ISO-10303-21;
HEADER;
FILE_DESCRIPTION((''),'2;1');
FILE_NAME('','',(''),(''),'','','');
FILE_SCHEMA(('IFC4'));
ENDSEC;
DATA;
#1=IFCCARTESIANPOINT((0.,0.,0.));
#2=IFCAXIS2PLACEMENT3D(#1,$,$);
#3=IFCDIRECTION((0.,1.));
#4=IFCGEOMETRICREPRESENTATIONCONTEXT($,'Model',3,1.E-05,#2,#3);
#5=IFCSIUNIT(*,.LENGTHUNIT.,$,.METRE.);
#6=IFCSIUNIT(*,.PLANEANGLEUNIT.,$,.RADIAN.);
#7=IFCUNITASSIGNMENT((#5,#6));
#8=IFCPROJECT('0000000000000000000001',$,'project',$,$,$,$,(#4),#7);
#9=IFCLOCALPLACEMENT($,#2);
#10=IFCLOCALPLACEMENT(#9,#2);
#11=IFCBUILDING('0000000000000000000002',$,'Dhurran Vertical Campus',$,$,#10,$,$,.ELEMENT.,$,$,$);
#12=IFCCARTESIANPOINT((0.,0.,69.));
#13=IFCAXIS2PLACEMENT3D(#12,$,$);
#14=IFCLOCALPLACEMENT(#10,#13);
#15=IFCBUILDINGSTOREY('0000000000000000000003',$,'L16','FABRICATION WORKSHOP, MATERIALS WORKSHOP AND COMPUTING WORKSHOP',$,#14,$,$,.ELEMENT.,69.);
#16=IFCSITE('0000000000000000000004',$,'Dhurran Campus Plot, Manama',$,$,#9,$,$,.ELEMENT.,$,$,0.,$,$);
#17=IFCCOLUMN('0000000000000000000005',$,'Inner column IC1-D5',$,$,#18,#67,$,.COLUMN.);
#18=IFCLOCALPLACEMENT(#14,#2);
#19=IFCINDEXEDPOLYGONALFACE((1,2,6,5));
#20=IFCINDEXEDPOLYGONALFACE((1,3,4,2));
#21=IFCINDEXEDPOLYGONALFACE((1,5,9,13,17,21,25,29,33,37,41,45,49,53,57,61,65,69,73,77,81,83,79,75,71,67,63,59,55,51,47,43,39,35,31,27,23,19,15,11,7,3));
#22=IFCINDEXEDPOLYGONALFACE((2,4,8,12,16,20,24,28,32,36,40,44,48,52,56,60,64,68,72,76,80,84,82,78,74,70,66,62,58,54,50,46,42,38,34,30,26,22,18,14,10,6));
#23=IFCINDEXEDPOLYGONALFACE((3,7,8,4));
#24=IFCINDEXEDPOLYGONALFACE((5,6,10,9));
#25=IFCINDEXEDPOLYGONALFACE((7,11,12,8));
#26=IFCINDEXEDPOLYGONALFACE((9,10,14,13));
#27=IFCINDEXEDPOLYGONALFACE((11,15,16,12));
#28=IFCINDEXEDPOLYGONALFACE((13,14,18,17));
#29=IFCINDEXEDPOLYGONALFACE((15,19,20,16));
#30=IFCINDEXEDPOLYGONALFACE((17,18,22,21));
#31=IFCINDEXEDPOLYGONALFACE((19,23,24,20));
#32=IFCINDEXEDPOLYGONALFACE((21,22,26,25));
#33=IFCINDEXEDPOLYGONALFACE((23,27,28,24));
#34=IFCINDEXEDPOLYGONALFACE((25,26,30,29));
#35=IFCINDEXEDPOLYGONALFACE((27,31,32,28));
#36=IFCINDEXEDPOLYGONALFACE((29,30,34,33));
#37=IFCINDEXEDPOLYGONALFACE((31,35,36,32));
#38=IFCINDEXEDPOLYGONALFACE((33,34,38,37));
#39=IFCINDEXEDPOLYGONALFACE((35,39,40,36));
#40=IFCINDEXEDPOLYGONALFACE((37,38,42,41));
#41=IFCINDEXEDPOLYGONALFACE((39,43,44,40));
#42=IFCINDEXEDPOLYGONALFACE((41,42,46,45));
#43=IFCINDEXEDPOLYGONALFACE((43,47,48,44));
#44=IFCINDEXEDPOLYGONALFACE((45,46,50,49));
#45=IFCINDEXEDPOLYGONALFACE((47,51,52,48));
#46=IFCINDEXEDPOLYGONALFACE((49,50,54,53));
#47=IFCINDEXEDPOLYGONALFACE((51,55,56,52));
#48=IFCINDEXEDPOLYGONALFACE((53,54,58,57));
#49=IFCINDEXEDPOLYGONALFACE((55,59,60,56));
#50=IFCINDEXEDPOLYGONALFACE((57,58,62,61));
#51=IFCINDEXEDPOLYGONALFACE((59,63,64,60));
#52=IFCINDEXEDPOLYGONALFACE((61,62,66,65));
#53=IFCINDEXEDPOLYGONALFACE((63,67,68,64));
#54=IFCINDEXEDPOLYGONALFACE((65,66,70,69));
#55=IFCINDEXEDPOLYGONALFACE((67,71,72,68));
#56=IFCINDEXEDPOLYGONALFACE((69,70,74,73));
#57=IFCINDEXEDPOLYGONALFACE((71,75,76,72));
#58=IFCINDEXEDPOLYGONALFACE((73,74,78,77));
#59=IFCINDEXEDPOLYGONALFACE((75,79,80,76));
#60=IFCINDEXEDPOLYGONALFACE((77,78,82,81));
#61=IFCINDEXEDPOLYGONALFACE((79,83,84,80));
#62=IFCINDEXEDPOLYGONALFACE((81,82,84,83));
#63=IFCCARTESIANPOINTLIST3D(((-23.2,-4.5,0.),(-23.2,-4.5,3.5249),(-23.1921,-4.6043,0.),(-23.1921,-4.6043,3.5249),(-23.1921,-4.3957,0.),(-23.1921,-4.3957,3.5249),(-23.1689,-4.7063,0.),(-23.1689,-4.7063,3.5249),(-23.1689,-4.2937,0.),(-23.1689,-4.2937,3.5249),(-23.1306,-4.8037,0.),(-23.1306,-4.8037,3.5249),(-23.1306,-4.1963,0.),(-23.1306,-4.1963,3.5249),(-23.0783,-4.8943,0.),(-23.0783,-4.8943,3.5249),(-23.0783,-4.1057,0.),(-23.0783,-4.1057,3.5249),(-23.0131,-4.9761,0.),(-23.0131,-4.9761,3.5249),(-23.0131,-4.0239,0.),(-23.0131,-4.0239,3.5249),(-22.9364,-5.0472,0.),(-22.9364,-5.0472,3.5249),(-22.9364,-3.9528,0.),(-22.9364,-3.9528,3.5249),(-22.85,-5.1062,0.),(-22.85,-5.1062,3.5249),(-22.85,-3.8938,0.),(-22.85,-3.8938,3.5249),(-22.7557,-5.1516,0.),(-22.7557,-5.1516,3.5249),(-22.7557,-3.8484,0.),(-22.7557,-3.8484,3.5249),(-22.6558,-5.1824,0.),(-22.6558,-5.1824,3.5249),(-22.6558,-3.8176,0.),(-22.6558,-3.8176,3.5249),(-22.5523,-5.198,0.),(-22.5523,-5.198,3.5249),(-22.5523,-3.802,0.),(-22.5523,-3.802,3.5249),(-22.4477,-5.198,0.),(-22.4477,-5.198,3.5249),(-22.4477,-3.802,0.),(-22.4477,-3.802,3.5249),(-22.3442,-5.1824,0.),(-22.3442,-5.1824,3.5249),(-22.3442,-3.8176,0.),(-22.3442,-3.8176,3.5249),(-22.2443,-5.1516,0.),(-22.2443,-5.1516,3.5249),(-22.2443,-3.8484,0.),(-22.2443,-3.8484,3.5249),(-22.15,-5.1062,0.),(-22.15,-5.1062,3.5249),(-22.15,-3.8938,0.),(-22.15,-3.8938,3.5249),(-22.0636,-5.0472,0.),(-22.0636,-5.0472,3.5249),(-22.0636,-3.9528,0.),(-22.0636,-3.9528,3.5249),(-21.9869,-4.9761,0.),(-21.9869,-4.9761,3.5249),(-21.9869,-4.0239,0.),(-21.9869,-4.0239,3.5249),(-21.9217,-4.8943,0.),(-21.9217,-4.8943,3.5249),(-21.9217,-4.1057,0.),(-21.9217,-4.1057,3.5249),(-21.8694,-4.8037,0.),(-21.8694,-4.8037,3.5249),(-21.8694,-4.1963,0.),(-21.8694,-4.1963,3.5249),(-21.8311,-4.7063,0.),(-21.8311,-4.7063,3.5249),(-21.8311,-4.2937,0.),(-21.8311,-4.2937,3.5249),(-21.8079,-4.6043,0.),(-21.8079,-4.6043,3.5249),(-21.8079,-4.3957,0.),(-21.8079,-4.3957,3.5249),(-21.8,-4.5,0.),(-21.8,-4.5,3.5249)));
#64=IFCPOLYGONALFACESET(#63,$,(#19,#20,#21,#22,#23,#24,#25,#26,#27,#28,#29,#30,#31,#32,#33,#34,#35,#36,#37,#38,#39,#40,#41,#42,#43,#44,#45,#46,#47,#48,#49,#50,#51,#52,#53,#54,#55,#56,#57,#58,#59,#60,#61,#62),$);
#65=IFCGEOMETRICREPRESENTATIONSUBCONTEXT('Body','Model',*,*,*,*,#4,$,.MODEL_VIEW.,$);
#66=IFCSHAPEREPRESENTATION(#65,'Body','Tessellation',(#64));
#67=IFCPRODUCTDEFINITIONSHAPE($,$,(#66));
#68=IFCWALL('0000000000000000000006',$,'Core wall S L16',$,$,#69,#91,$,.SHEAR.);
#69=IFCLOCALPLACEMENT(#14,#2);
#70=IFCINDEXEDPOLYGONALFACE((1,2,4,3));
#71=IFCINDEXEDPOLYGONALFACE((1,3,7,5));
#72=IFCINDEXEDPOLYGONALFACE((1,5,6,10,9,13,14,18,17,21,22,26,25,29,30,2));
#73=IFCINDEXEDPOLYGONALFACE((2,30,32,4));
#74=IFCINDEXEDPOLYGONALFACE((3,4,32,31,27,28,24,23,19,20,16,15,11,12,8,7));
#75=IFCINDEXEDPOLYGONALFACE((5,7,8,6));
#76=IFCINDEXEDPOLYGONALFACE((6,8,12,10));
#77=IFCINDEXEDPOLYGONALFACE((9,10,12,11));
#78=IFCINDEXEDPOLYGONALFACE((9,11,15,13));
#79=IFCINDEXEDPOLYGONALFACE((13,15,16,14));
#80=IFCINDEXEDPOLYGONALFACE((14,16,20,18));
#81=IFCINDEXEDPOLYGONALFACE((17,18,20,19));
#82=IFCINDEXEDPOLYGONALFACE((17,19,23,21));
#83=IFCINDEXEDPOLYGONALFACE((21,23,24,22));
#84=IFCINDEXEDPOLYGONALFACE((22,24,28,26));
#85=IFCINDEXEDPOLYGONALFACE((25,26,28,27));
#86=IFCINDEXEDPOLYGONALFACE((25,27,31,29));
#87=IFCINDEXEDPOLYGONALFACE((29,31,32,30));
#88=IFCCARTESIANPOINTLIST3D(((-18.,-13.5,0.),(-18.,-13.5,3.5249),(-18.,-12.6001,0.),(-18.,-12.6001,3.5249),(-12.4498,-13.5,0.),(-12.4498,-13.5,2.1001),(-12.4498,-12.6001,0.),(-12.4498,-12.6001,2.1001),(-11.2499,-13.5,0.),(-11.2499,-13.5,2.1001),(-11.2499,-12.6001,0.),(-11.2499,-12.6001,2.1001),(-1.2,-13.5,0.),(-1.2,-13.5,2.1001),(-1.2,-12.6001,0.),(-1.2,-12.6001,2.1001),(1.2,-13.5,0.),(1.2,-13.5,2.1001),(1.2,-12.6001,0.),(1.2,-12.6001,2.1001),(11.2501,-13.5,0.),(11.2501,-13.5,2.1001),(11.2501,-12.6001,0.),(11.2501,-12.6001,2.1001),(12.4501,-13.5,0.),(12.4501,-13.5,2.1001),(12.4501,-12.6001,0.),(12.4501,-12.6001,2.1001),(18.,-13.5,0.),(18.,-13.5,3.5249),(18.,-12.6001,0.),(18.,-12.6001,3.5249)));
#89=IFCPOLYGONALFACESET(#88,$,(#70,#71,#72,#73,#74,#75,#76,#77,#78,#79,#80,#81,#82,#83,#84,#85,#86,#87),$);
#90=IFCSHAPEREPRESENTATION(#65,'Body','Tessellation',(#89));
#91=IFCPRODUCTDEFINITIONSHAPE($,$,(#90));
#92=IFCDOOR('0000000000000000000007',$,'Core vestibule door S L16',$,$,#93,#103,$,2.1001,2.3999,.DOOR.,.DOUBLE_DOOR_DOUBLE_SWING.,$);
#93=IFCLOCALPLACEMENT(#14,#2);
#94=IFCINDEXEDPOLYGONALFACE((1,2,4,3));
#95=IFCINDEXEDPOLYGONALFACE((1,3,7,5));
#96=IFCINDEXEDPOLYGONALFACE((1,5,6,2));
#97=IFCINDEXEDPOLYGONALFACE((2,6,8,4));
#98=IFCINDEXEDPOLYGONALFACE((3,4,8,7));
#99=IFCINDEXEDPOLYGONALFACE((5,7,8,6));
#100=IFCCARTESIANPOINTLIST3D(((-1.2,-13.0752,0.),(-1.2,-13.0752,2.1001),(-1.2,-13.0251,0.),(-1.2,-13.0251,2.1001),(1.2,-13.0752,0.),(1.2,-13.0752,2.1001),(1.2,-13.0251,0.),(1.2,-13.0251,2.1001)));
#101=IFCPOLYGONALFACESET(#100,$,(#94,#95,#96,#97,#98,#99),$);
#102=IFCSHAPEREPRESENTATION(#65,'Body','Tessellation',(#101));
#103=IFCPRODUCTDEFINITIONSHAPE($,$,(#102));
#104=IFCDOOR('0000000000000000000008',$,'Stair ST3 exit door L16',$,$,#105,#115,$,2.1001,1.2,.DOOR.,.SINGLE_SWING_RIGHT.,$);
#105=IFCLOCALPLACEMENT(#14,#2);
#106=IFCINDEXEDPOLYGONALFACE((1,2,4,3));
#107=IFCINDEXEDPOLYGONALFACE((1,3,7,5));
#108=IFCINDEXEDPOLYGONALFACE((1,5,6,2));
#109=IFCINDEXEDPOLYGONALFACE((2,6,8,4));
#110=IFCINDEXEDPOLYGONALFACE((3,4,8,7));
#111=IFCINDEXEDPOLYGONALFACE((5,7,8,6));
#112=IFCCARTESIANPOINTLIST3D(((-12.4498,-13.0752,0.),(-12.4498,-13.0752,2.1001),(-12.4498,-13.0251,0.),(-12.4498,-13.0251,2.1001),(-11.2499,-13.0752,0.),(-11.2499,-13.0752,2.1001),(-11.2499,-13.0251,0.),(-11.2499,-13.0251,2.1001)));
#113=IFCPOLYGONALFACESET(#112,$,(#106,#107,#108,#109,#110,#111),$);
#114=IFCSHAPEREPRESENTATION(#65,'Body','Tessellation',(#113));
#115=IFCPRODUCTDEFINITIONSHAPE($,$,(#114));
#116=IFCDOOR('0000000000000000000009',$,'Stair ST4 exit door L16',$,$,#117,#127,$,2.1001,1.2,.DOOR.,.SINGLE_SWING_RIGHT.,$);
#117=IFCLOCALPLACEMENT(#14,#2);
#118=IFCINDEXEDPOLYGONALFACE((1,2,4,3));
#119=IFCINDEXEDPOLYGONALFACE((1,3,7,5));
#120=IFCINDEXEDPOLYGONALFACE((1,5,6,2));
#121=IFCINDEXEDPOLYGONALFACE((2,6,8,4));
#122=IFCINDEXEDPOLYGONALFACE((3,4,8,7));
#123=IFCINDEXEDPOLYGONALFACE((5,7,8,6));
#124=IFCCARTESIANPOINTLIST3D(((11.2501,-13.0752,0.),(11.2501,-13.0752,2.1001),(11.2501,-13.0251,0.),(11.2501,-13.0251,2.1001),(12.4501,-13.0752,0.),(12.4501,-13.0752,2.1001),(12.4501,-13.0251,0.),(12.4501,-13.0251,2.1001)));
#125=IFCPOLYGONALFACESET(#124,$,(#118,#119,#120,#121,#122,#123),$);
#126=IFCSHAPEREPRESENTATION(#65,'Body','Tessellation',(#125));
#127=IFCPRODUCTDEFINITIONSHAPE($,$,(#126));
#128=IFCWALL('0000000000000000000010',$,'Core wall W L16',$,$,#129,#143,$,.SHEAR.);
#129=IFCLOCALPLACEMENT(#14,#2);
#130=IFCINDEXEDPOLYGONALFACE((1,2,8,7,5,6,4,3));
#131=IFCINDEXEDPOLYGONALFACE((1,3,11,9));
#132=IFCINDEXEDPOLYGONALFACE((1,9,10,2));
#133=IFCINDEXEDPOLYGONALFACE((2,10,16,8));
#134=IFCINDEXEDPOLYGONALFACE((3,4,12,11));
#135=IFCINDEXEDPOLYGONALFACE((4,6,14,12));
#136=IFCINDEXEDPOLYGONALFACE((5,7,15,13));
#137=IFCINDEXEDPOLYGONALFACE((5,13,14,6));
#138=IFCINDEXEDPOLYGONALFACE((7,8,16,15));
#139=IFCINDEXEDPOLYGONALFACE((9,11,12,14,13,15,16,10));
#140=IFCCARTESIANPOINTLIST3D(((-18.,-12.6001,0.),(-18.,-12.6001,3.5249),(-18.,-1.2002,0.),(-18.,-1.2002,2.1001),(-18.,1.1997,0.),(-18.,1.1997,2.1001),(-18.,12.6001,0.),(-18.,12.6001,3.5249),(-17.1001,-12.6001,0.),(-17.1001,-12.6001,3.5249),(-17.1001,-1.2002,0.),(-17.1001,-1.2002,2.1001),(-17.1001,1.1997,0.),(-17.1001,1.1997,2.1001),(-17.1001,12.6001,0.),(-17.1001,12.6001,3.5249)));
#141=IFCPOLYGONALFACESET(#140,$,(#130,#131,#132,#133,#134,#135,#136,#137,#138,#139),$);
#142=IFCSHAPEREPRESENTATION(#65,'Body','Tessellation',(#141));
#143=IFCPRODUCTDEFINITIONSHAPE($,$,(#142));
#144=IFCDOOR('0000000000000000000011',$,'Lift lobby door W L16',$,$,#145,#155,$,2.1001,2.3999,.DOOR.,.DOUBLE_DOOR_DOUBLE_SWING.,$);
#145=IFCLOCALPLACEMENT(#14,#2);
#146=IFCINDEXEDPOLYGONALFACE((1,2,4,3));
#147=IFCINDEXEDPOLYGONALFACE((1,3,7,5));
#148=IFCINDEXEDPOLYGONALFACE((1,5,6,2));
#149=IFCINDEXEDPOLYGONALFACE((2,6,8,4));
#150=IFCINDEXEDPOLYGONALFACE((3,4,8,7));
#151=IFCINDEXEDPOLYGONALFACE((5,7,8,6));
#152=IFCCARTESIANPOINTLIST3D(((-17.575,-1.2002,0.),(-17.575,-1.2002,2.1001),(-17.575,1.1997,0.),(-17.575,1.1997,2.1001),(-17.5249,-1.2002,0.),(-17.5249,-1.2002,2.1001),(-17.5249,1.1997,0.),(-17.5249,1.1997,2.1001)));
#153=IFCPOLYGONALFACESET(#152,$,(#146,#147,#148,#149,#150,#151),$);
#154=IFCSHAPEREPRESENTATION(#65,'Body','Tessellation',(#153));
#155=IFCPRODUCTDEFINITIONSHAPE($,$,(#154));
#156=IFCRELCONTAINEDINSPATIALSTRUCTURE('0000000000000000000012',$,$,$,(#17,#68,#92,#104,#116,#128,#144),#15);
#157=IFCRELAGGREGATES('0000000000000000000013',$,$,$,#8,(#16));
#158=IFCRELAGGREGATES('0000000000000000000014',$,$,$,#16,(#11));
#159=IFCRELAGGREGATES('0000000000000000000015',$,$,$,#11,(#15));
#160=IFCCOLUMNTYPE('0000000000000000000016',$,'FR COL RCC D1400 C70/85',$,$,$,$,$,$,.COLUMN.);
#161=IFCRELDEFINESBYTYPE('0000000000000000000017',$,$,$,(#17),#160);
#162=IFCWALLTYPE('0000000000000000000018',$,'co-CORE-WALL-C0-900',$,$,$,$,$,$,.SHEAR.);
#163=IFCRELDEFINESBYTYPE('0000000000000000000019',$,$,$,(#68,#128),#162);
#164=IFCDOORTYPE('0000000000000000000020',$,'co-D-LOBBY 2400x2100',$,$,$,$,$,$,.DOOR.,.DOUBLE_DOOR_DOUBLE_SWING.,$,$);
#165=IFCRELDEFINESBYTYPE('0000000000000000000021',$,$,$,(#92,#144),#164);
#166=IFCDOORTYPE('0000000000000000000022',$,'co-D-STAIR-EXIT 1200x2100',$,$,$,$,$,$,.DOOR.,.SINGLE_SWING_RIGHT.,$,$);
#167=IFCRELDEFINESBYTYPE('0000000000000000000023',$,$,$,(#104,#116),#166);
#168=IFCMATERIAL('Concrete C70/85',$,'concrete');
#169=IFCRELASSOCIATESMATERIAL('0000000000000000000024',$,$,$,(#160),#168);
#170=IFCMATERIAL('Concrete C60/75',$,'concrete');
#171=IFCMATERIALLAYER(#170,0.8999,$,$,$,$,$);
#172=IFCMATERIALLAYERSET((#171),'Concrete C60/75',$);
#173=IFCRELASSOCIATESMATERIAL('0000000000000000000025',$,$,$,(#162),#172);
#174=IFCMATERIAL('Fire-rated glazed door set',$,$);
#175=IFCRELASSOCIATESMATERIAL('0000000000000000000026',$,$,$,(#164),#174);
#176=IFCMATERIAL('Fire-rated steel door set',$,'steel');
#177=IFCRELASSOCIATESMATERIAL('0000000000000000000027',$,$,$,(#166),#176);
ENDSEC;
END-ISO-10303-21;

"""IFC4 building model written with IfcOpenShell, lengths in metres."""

from ifc_helpers import new_model, si_unit, direction, frame, frame_2d, origin, origin_2d, place, context, subcontext, project, spatial, rectangle, circle, extrude, material, layer, layer_set, material_profile, profile_set, type_object, element, fill, save


model = new_model("IFC4")

# Units and contexts
model_context = context("Model", 3, precision=1e-05, world=origin(), true_north=direction((0.0, 1.0)))
body_context = subcontext(model_context, "Body", "Model", "MODEL_VIEW")
ifc_project = project(units=[si_unit("LENGTHUNIT", "METRE"), si_unit("PLANEANGLEUNIT", "RADIAN")], contexts=[model_context])

# Site, building, storey
site_placement = place(None, origin())
site = spatial("IfcSite", under=ifc_project, at=site_placement, Name="Dhurran Campus Plot, Manama", CompositionType="ELEMENT", RefElevation=0.0)
building_placement = place(site_placement, origin())
building = spatial("IfcBuilding", under=site, at=building_placement, Name="Dhurran Vertical Campus", CompositionType="ELEMENT")
storey_placement = place(building_placement, frame((0.0, 0.0, 69.0)))
storey = spatial("IfcBuildingStorey", under=building, at=storey_placement, Name="L16", Description="FABRICATION WORKSHOP, MATERIALS WORKSHOP AND COMPUTING WORKSHOP", CompositionType="ELEMENT", Elevation=69.0)

# Column
ifc_material_1 = material(Name="Concrete C70/85", Category="concrete")
ifc_material_profile = material_profile(ifc_material_1, circle(Radius=0.7, at=origin_2d()), Name="RCC D1400")
ifc_profile_set = profile_set([ifc_material_profile], Name="Concrete C70/85")
column_type = type_object("IfcColumnType", Name="FR COL RCC D1400 C70/85", PredefinedType="COLUMN", material=ifc_profile_set)
column_placement = place(storey_placement, frame((-22.5, -4.5, 0.0), z_axis=(0.0, 0.0, 1.0), x_axis=(1.0, 0.0, 0.0)))
element("IfcColumn", 1, at=column_placement, inside=storey, type_object=column_type, Name="Inner column IC1-D5", PredefinedType="COLUMN", context=body_context, shape_type="SweptSolid", body=[
    extrude(circle(Radius=0.7, at=origin_2d()), origin(), (0.0, 0.0, 1.0), 3.5249),
])

# Wall, openings, doors
ifc_material_2 = material(Name="Concrete C60/75", Category="concrete")
ifc_layer_1 = layer(ifc_material_2, 0.8999)
ifc_layer_set_1 = layer_set([ifc_layer_1], Name="Concrete C60/75")
wall_type_1 = type_object("IfcWallType", Name="co-CORE-WALL-C0-900", PredefinedType="SHEAR", material=ifc_layer_set_1)
wall_1_placement = place(storey_placement, frame((-18.0, -13.05, 0.0), z_axis=(0.0, 0.0, 1.0), x_axis=(1.0, 0.0, 0.0)))
wall_1 = element("IfcWall", 2, at=wall_1_placement, inside=storey, type_object=wall_type_1, Name="Core wall S L16", PredefinedType="SHEAR", context=body_context, shape_type="SweptSolid", body=[
    extrude(rectangle(XDim=36.0, YDim=0.8999, at=frame_2d((18.0, 0.0))), origin(), (0.0, 0.0, 1.0), 3.5249),
])
opening_1_placement = place(wall_1_placement, frame((16.8, 0.0, 0.0)))
opening_1 = element("IfcOpeningElement", 3, at=opening_1_placement, cuts=wall_1, PredefinedType="OPENING", context=body_context, shape_type="SweptSolid", body=[
    extrude(rectangle(XDim=2.3999, YDim=2.1001, at=frame_2d((1.2, 1.05))), frame((0.0, 0.46, 0.0), z_axis=(0.0, -1.0, 0.0), x_axis=(1.0, 0.0, 0.0)), (0.0, 0.0, 1.0), 0.9199),
])
opening_2_placement = place(wall_1_placement, frame((5.55, 0.0, 0.0)))
opening_2 = element("IfcOpeningElement", 4, at=opening_2_placement, cuts=wall_1, PredefinedType="OPENING", context=body_context, shape_type="SweptSolid", body=[
    extrude(rectangle(XDim=1.2, YDim=2.1001, at=frame_2d((0.6001, 1.05))), frame((0.0, 0.46, 0.0), z_axis=(0.0, -1.0, 0.0), x_axis=(1.0, 0.0, 0.0)), (0.0, 0.0, 1.0), 0.9199),
])
opening_3_placement = place(wall_1_placement, frame((29.25, 0.0, 0.0)))
opening_3 = element("IfcOpeningElement", 5, at=opening_3_placement, cuts=wall_1, PredefinedType="OPENING", context=body_context, shape_type="SweptSolid", body=[
    extrude(rectangle(XDim=1.2, YDim=2.1001, at=frame_2d((0.6001, 1.05))), frame((0.0, 0.46, 0.0), z_axis=(0.0, -1.0, 0.0), x_axis=(1.0, 0.0, 0.0)), (0.0, 0.0, 1.0), 0.9199),
])
ifc_material_3 = material(Name="Fire-rated glazed door set")
door_type_1 = type_object("IfcDoorType", Name="co-D-LOBBY 2400x2100", OperationType="DOUBLE_DOOR_DOUBLE_SWING", PredefinedType="DOOR", material=ifc_material_3)
door_1_placement = place(opening_1_placement, origin())
door_1 = element("IfcDoor", 6, at=door_1_placement, inside=storey, type_object=door_type_1, Name="Core vestibule door S L16", OperationType="DOUBLE_DOOR_DOUBLE_SWING", OverallHeight=2.1001, OverallWidth=2.3999, PredefinedType="DOOR", context=body_context, shape_type="SweptSolid", body=[
    extrude(rectangle(XDim=2.3999, YDim=2.1001, at=frame_2d((1.2, 1.05))), frame((0.0, 0.0249, 0.0), z_axis=(0.0, -1.0, 0.0), x_axis=(1.0, 0.0, 0.0)), (0.0, 0.0, 1.0), 0.05),
])
fill(opening_1, door_1)
ifc_material_4 = material(Name="Fire-rated steel door set", Category="steel")
door_type_2 = type_object("IfcDoorType", Name="co-D-STAIR-EXIT 1200x2100", OperationType="SINGLE_SWING_RIGHT", PredefinedType="DOOR", material=ifc_material_4)
door_2_placement = place(opening_2_placement, origin())
door_2 = element("IfcDoor", 7, at=door_2_placement, inside=storey, type_object=door_type_2, Name="Stair ST3 exit door L16", OperationType="SINGLE_SWING_RIGHT", OverallHeight=2.1001, OverallWidth=1.2, PredefinedType="DOOR", context=body_context, shape_type="SweptSolid", body=[
    extrude(rectangle(XDim=1.2, YDim=2.1001, at=frame_2d((0.6001, 1.05))), frame((0.0, 0.0249, 0.0), z_axis=(0.0, -1.0, 0.0), x_axis=(1.0, 0.0, 0.0)), (0.0, 0.0, 1.0), 0.05),
])
fill(opening_2, door_2)
door_3_placement = place(opening_3_placement, origin())
door_3 = element("IfcDoor", 8, at=door_3_placement, inside=storey, type_object=door_type_2, Name="Stair ST4 exit door L16", OperationType="SINGLE_SWING_RIGHT", OverallHeight=2.1001, OverallWidth=1.2, PredefinedType="DOOR", context=body_context, shape_type="SweptSolid", body=[
    extrude(rectangle(XDim=1.2, YDim=2.1001, at=frame_2d((0.6001, 1.05))), frame((0.0, 0.0249, 0.0), z_axis=(0.0, -1.0, 0.0), x_axis=(1.0, 0.0, 0.0)), (0.0, 0.0, 1.0), 0.05),
])
fill(opening_3, door_3)

# Wall, opening, door
wall_2_placement = place(storey_placement, frame((-17.55, -12.6001, 0.0), z_axis=(0.0, 0.0, 1.0), x_axis=(0.0, 1.0, 0.0)))
wall_2 = element("IfcWall", 9, at=wall_2_placement, inside=storey, type_object=wall_type_1, Name="Core wall W L16", PredefinedType="SHEAR", context=body_context, shape_type="SweptSolid", body=[
    extrude(rectangle(XDim=25.2002, YDim=0.8999, at=frame_2d((12.6001, 0.0))), origin(), (0.0, 0.0, 1.0), 3.5249),
])
opening_4_placement = place(wall_2_placement, frame((11.3999, 0.0, 0.0)))
opening_4 = element("IfcOpeningElement", 10, at=opening_4_placement, cuts=wall_2, PredefinedType="OPENING", context=body_context, shape_type="SweptSolid", body=[
    extrude(rectangle(XDim=2.3999, YDim=2.1001, at=frame_2d((1.2, 1.05))), frame((0.0, 0.46, 0.0), z_axis=(0.0, -1.0, 0.0), x_axis=(1.0, 0.0, 0.0)), (0.0, 0.0, 1.0), 0.9199),
])
door_4_placement = place(opening_4_placement, origin())
door_4 = element("IfcDoor", 11, at=door_4_placement, inside=storey, type_object=door_type_1, Name="Lift lobby door W L16", OperationType="DOUBLE_DOOR_DOUBLE_SWING", OverallHeight=2.1001, OverallWidth=2.3999, PredefinedType="DOOR", context=body_context, shape_type="SweptSolid", body=[
    extrude(rectangle(XDim=2.3999, YDim=2.1001, at=frame_2d((1.2, 1.05))), frame((0.0, 0.0249, 0.0), z_axis=(0.0, -1.0, 0.0), x_axis=(1.0, 0.0, 0.0)), (0.0, 0.0, 1.0), 0.05),
])
fill(opening_4, door_4)

save(model, "model.ifc")
